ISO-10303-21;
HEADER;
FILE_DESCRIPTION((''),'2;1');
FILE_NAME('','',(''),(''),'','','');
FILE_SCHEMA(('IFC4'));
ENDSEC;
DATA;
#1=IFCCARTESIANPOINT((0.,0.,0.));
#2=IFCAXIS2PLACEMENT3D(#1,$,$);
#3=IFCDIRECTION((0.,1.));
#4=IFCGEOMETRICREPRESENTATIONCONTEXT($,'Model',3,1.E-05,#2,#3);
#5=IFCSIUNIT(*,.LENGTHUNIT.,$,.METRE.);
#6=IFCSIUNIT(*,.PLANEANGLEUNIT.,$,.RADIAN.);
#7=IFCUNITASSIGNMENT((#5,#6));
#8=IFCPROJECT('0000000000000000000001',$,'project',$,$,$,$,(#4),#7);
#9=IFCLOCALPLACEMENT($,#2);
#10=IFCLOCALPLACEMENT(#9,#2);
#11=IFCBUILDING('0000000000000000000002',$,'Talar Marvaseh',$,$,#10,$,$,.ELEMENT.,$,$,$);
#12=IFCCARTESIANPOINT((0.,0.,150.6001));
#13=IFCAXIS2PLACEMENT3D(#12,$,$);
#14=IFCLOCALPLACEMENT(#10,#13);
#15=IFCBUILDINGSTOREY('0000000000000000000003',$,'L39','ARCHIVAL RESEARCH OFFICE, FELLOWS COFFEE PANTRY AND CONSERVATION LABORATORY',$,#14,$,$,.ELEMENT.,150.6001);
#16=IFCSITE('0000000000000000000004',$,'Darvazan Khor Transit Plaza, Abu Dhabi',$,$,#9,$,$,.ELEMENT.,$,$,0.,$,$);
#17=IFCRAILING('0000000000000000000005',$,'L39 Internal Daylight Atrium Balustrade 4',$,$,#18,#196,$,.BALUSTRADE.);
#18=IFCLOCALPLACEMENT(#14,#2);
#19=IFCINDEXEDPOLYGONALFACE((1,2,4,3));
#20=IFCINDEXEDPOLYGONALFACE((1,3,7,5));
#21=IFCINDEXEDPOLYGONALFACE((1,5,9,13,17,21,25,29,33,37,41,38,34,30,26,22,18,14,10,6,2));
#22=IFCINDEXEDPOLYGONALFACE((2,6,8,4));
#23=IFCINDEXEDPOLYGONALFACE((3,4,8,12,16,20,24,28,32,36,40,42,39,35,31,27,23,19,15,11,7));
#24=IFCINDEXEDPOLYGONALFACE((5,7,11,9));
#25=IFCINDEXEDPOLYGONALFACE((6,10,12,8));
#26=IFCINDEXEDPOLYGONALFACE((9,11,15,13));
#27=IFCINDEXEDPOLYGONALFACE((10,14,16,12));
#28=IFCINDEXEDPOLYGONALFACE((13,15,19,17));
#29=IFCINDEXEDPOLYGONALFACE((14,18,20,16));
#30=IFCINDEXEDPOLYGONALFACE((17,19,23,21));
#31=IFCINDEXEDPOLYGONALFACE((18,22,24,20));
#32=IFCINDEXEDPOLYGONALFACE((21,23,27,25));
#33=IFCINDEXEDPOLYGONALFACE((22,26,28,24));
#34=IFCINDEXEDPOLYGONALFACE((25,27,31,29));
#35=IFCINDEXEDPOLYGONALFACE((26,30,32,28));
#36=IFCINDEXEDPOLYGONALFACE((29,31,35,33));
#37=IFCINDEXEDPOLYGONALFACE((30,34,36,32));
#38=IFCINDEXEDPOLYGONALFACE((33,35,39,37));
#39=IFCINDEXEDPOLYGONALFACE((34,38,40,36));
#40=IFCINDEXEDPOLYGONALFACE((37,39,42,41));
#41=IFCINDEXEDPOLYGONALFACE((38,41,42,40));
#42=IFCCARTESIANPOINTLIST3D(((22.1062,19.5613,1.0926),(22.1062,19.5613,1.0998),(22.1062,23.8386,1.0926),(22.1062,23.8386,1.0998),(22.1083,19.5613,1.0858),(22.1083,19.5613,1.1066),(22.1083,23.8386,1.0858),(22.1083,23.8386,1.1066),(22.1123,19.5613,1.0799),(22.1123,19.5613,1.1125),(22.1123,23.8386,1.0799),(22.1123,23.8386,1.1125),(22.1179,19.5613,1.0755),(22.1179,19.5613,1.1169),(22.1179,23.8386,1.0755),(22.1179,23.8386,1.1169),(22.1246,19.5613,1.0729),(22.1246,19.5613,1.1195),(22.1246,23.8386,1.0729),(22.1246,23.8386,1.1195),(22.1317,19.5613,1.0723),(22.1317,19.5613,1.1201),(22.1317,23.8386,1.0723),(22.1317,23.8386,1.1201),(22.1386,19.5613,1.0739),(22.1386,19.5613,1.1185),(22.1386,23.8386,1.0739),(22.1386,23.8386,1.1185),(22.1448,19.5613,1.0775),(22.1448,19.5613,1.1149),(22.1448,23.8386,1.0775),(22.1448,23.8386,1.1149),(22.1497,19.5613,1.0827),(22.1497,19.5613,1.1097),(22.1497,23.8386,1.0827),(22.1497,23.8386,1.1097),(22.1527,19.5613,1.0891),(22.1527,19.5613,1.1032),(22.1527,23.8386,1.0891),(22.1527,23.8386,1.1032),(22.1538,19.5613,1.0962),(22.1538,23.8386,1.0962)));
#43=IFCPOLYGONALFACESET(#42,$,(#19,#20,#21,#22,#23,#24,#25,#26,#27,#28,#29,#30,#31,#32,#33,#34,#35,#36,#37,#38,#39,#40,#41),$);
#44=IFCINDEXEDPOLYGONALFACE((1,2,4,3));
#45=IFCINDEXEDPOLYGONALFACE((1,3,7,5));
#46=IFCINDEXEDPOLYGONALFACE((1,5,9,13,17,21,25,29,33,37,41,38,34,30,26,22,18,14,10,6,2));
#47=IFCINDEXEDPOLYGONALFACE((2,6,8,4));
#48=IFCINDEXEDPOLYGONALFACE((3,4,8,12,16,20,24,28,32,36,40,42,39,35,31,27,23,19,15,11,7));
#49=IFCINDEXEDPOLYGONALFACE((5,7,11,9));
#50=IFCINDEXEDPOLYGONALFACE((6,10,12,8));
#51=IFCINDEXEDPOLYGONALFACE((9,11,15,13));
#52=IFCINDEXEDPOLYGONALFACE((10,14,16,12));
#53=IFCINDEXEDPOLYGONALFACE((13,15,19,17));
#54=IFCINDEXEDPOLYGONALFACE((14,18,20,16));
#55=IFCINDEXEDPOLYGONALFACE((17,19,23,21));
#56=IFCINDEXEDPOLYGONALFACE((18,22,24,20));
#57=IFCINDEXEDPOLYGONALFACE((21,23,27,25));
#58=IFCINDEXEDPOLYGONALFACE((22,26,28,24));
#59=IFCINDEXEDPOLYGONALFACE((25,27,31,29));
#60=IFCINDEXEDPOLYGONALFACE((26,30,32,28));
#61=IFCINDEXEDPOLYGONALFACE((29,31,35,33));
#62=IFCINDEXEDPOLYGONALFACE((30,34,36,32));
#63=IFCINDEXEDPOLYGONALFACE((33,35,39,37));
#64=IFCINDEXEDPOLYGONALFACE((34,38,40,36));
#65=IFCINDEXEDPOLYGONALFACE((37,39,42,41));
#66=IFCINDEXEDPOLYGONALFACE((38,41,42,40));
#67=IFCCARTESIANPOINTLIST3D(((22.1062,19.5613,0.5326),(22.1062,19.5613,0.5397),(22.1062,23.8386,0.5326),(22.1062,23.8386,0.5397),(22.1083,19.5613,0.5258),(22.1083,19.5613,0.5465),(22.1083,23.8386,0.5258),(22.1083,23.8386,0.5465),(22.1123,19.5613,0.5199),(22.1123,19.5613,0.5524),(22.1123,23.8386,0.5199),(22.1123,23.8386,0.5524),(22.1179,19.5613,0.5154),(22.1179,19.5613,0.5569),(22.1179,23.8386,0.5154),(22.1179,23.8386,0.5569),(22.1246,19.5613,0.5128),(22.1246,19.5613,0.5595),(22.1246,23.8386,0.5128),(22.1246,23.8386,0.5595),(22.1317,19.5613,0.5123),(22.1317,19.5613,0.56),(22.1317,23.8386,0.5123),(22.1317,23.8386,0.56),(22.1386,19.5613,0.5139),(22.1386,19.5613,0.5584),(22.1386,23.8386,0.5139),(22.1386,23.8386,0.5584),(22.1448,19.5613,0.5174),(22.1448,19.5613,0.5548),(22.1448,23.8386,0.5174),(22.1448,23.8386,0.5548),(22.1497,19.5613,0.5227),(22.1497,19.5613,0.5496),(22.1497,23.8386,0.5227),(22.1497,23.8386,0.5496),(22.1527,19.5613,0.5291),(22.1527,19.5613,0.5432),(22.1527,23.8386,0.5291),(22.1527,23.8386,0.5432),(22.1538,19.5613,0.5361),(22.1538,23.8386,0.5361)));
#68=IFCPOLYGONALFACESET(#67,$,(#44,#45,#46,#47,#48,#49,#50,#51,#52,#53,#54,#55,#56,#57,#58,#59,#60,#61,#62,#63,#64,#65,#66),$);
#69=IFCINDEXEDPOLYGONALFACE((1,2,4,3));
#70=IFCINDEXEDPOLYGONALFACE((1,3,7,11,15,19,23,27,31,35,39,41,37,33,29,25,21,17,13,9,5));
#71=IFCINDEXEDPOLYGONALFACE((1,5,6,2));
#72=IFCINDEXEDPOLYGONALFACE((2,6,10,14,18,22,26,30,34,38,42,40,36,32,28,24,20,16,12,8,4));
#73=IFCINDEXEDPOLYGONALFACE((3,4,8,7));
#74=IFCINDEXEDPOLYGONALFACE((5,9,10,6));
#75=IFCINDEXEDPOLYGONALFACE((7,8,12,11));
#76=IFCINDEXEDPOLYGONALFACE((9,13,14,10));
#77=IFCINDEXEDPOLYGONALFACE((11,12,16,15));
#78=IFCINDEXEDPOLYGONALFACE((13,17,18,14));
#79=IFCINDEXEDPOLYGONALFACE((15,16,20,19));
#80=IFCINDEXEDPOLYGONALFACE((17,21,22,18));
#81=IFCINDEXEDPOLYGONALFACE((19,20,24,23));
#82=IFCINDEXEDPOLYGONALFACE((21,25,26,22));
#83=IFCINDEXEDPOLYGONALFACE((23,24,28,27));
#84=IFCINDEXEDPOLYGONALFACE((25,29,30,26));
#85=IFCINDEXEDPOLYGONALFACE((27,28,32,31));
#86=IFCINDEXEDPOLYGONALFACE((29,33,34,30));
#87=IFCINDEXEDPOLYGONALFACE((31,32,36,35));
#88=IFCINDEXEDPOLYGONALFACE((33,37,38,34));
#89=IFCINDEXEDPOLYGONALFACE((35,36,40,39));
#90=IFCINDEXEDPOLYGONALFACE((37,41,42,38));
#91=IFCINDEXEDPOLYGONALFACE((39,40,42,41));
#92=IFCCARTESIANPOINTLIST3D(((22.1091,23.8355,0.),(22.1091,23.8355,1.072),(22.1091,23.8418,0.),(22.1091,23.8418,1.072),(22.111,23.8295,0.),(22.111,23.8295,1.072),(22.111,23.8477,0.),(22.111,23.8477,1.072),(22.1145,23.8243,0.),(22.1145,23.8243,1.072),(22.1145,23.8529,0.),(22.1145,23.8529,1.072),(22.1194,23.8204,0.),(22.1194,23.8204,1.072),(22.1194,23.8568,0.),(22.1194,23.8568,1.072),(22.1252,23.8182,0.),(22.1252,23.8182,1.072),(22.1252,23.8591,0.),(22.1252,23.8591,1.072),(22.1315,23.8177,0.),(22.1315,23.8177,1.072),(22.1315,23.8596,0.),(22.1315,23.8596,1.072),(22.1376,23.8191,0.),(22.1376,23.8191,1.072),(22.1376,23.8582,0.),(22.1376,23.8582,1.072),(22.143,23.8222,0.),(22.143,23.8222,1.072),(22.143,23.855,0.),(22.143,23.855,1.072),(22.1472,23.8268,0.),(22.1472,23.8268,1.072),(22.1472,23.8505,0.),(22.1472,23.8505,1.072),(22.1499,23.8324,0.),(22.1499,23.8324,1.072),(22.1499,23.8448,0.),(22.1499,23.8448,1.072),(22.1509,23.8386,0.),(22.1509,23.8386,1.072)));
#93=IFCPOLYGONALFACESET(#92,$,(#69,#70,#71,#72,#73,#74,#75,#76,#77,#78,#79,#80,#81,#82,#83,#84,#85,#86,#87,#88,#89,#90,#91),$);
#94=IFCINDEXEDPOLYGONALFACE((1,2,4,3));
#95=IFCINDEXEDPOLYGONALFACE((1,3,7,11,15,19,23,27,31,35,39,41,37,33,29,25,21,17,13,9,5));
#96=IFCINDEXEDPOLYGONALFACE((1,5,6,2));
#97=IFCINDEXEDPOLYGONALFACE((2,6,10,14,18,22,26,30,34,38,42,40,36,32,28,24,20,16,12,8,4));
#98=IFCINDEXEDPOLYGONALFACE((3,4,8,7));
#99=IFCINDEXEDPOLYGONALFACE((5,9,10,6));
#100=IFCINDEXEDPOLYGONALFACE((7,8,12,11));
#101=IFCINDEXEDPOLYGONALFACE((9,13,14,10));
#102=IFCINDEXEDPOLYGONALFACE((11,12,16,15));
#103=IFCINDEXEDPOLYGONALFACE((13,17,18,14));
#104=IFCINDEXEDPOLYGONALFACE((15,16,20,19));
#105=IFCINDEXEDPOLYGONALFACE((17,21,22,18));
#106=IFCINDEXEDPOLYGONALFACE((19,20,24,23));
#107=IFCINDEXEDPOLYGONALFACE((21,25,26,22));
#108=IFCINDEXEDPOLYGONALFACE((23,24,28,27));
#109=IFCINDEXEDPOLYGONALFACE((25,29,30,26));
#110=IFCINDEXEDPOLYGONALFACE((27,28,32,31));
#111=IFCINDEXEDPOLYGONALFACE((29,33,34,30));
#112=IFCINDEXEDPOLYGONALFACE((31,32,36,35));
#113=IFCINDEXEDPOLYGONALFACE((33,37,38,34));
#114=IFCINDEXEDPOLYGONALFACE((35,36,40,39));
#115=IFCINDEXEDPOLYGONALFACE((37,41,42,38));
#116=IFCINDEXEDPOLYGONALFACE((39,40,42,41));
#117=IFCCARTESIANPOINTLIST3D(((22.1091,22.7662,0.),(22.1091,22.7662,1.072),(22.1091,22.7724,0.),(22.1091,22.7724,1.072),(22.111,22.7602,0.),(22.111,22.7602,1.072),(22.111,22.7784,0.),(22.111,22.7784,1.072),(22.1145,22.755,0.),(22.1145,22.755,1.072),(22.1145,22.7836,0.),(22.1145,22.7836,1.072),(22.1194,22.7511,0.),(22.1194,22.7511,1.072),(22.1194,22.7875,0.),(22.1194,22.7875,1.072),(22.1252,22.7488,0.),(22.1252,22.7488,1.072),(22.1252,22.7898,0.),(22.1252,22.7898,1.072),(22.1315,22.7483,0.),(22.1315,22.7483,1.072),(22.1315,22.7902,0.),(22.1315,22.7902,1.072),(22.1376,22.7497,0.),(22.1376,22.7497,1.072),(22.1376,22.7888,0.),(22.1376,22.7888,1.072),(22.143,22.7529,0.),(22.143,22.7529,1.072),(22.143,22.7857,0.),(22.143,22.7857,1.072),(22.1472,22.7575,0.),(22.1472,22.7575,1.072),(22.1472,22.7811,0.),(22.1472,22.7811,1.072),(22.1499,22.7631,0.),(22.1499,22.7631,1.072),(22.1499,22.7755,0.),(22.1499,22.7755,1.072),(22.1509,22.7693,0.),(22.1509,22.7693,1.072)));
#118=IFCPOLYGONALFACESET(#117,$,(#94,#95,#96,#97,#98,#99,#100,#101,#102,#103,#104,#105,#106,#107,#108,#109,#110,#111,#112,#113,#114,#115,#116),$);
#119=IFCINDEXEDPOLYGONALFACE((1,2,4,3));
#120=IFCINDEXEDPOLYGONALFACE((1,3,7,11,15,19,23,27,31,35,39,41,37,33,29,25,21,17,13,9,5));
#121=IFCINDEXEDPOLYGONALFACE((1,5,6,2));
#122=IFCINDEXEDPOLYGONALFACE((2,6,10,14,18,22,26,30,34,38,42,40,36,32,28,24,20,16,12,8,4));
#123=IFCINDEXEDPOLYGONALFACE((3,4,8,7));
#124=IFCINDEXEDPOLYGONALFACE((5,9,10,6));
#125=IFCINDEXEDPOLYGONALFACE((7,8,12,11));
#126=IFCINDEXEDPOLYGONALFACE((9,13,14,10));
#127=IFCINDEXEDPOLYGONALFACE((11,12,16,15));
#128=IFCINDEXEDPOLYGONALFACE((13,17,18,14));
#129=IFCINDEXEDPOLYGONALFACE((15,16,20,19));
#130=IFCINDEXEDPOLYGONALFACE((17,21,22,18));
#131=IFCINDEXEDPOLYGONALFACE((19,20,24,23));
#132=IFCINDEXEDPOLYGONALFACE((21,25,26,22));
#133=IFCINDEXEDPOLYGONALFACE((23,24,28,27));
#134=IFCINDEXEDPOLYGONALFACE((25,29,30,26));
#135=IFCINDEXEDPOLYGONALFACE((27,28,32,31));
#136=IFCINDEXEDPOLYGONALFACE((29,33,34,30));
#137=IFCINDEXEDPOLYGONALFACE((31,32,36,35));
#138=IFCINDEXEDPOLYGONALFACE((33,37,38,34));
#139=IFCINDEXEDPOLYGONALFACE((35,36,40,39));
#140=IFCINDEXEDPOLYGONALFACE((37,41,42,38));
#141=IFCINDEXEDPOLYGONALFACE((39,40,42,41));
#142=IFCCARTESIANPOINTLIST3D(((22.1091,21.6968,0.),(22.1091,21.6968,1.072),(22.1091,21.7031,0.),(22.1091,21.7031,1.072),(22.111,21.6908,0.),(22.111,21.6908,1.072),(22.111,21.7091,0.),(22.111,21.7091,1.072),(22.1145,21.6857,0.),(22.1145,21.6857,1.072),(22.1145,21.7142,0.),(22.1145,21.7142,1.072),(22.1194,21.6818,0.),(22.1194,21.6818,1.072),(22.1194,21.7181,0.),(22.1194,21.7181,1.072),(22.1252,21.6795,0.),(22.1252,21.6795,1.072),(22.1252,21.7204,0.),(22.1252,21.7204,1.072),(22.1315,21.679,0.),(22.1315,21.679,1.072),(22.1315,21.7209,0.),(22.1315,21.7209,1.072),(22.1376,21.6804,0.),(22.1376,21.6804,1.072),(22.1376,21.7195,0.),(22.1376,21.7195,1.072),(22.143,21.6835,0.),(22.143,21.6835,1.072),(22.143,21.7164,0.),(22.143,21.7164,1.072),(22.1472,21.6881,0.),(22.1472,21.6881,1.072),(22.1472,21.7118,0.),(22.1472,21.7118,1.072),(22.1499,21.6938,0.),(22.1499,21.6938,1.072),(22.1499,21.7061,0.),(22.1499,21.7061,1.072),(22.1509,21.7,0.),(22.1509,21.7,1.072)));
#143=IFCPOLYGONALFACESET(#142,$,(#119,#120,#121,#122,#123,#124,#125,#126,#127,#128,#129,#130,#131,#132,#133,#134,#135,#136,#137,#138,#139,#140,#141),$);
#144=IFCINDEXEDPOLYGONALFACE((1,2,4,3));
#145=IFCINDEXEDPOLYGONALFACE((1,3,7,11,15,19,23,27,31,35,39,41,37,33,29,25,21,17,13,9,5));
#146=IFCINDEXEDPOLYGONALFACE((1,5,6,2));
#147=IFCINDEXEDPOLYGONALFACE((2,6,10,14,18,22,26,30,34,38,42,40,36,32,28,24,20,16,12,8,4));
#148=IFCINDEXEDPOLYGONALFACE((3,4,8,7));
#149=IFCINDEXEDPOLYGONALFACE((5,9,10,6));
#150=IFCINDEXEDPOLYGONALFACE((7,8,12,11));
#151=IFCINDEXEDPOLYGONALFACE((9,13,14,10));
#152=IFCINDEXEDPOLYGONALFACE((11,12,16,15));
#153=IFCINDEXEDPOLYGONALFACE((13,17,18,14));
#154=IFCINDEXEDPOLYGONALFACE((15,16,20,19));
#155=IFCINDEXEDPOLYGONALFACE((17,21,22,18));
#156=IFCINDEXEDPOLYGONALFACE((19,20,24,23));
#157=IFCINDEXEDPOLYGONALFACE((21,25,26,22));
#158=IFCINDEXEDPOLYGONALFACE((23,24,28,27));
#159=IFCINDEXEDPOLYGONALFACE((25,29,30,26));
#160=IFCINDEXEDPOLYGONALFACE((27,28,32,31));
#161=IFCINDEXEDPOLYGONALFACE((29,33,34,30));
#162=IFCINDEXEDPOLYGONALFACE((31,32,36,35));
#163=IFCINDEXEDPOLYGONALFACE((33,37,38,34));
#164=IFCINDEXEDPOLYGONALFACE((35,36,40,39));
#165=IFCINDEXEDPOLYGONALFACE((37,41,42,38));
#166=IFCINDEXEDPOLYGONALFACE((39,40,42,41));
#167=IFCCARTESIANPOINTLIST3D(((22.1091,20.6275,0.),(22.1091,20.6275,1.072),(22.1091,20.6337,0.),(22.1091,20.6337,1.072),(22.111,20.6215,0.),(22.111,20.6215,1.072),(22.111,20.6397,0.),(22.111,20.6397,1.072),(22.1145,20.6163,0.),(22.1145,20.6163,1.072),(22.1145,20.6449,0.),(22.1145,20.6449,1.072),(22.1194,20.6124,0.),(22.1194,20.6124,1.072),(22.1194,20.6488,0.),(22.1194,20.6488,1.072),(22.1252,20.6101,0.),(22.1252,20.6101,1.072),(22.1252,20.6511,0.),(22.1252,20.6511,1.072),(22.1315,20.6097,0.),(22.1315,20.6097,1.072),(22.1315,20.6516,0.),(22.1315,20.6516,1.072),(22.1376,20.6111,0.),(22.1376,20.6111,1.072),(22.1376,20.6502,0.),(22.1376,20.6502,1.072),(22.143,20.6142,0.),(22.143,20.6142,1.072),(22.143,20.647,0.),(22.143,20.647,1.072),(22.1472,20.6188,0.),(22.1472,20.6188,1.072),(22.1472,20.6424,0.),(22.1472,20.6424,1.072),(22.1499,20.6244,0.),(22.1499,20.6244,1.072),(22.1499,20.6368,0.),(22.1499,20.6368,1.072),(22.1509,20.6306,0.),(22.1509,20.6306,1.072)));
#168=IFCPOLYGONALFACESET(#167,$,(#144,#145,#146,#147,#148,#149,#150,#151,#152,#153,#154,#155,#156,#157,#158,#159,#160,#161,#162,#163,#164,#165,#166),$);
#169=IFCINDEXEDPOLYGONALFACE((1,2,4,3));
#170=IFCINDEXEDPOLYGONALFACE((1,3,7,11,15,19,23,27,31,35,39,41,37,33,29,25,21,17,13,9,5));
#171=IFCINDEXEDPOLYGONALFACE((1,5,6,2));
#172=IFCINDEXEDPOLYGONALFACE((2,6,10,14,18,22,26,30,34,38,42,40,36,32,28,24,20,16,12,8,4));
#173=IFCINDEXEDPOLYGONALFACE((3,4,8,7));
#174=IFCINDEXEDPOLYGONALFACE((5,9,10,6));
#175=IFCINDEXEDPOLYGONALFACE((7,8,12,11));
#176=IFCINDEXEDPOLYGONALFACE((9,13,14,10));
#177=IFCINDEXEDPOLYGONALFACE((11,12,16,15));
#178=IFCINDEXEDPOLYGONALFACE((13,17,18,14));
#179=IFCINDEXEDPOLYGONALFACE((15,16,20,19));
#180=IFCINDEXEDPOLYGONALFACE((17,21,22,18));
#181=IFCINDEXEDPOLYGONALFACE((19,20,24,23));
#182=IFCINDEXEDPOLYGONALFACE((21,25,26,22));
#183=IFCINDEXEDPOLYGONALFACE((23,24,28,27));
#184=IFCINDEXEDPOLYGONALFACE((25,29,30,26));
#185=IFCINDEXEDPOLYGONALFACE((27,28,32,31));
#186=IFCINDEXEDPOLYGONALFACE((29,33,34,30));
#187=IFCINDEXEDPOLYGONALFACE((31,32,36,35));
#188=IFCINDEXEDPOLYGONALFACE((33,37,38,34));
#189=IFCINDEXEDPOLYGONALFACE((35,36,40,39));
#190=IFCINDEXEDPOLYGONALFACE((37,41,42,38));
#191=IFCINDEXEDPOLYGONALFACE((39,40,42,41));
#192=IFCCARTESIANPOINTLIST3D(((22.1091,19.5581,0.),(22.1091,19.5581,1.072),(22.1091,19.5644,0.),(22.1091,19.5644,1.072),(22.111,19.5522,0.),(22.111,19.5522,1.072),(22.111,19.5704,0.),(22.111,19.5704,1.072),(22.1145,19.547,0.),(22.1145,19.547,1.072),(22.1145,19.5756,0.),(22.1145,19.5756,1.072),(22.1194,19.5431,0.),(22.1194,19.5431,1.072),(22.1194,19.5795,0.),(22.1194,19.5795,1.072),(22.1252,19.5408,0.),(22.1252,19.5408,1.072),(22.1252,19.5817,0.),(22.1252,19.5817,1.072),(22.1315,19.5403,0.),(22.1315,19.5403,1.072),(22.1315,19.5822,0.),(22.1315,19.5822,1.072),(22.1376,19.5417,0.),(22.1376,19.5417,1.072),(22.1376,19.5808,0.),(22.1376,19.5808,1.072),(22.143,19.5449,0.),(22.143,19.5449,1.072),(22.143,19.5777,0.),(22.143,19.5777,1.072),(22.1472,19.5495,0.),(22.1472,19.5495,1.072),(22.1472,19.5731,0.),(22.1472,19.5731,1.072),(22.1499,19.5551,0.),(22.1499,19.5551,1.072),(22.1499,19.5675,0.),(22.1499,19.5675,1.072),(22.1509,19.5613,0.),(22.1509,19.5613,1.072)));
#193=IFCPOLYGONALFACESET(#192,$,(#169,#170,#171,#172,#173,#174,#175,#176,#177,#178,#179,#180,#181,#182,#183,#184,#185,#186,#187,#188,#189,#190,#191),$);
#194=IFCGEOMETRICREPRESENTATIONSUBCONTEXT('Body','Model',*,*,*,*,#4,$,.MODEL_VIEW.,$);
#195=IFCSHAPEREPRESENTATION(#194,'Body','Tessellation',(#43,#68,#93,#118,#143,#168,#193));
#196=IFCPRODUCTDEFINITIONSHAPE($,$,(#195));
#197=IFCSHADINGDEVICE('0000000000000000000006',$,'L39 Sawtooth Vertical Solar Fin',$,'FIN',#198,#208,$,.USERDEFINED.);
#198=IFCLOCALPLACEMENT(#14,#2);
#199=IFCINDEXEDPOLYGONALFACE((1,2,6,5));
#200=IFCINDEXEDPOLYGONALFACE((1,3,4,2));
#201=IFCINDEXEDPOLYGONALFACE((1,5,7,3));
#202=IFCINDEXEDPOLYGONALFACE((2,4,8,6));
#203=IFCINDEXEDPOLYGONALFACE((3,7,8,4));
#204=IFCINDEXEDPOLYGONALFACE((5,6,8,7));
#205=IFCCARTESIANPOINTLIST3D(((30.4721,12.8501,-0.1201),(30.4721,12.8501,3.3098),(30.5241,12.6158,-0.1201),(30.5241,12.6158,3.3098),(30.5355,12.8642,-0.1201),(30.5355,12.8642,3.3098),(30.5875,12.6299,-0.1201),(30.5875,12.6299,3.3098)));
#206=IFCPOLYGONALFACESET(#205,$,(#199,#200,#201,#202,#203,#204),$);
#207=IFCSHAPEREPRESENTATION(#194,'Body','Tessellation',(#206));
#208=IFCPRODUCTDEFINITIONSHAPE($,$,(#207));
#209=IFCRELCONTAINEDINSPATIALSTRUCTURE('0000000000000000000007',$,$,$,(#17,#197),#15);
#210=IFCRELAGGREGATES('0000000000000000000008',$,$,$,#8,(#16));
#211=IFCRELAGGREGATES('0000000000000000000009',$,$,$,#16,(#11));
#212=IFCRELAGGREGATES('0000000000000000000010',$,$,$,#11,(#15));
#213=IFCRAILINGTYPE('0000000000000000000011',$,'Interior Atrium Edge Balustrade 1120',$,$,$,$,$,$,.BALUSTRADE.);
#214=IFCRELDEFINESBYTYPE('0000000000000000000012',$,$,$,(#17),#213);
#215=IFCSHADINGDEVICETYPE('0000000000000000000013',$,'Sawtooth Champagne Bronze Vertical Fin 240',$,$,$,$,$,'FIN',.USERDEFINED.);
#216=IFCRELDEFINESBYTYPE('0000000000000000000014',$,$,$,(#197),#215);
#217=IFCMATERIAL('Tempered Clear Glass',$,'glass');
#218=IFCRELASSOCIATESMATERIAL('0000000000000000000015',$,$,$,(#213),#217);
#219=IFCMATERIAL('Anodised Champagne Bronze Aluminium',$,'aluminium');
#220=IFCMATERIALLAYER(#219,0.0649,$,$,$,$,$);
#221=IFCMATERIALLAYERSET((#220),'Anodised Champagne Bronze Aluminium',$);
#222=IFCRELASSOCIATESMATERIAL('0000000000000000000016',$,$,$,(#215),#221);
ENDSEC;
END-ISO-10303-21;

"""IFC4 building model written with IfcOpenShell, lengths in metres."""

from ifc_helpers import new_model, si_unit, direction, frame, origin, origin_2d, place, context, subcontext, project, spatial, rectangle, circle, extrude, source, transform, mapped, material, layer, layer_set, type_object, type_shapes, element, save


model = new_model("IFC4")

# Units and contexts
model_context = context("Model", 3, precision=1e-05, world=origin(), true_north=direction((0.0, 1.0)))
body_context = subcontext(model_context, "Body", "Model", "MODEL_VIEW")
ifc_project = project(units=[si_unit("LENGTHUNIT", "METRE"), si_unit("PLANEANGLEUNIT", "RADIAN")], contexts=[model_context])

# Site, building, storey
site_placement = place(None, origin())
site = spatial("IfcSite", under=ifc_project, at=site_placement, Name="Darvazan Khor Transit Plaza, Abu Dhabi", CompositionType="ELEMENT", RefElevation=0.0)
building_placement = place(site_placement, origin())
building = spatial("IfcBuilding", under=site, at=building_placement, Name="Talar Marvaseh", CompositionType="ELEMENT")
storey_placement = place(building_placement, frame((0.0, 0.0, 150.6001)))
storey = spatial("IfcBuildingStorey", under=building, at=storey_placement, Name="L39", Description="ARCHIVAL RESEARCH OFFICE, FELLOWS COFFEE PANTRY AND CONSERVATION LABORATORY", CompositionType="ELEMENT", Elevation=150.6001)

# Railing
ifc_material_1 = material(Name="Tempered Clear Glass", Category="glass")
railing_type_1 = type_object("IfcRailingType", Name="Interior Atrium Edge Balustrade 1120", PredefinedType="BALUSTRADE", material=ifc_material_1)
railing_1_placement = place(storey_placement, frame((22.1299, 23.8386, 0.0)))
element("IfcRailing", 1, at=railing_1_placement, inside=storey, type_object=railing_type_1, Name="L39 Internal Daylight Atrium Balustrade 4", PredefinedType="BALUSTRADE", context=body_context, shape_type="SweptSolid", body=[
    extrude(circle(Radius=0.0239, at=origin_2d()), frame((0.0, 0.0, 1.0962), z_axis=(0.0, -1.0, 0.0), x_axis=(1.0, 0.0, 0.0)), (0.0, 0.0, 1.0), 4.2773),
    extrude(circle(Radius=0.0239, at=origin_2d()), frame((0.0, 0.0, 0.5361), z_axis=(0.0, -1.0, 0.0), x_axis=(1.0, 0.0, 0.0)), (0.0, 0.0, 1.0), 4.2773),
    extrude(circle(Radius=0.021, at=origin_2d()), origin(), (0.0, 0.0, 1.0), 1.072),
    extrude(circle(Radius=0.021, at=origin_2d()), frame((0.0, -1.0693, 0.0)), (0.0, 0.0, 1.0), 1.072),
    extrude(circle(Radius=0.021, at=origin_2d()), frame((0.0, -2.1387, 0.0)), (0.0, 0.0, 1.0), 1.072),
    extrude(circle(Radius=0.021, at=origin_2d()), frame((0.0, -3.208, 0.0)), (0.0, 0.0, 1.0), 1.072),
    extrude(circle(Radius=0.021, at=origin_2d()), frame((0.0, -4.2773, 0.0)), (0.0, 0.0, 1.0), 1.072),
])

# Shading device
ifc_material_2 = material(Name="Anodised Champagne Bronze Aluminium", Category="aluminium")
ifc_layer_1 = layer(ifc_material_2, 0.0649)
ifc_layer_set_1 = layer_set([ifc_layer_1], Name="Anodised Champagne Bronze Aluminium")
shading_device_type = type_object("IfcShadingDeviceType", Name="Sawtooth Champagne Bronze Vertical Fin 240", ElementType="FIN", PredefinedType="USERDEFINED", material=ifc_layer_set_1)
shared_shape_1 = source(origin(), body_context, "Body", "SweptSolid", [
    extrude(rectangle(XDim=0.24, YDim=0.0649, at=origin_2d()), origin(), (0.0, 0.0, 1.0), 3.4299),
])
type_shapes(shading_device_type, [shared_shape_1])
shading_device_placement = place(storey_placement, frame((30.5298, 12.74, -0.1201), z_axis=(0.0, 0.0, 1.0), x_axis=(0.21661, -0.976258, 0.0)))
element("IfcShadingDevice", 2, at=shading_device_placement, inside=storey, type_object=shading_device_type, Name="L39 Sawtooth Vertical Solar Fin", ObjectType="FIN", PredefinedType="USERDEFINED", context=body_context, shape_type="MappedRepresentation", body=[
    mapped(shared_shape_1, transform((0.0, 0.0, 0.0), x_axis=(1.0, 0.0, 0.0), y_axis=(0.0, 1.0, 0.0), z_axis=(0.0, 0.0, 1.0), scale=1.0)),
])

save(model, "model.ifc")
